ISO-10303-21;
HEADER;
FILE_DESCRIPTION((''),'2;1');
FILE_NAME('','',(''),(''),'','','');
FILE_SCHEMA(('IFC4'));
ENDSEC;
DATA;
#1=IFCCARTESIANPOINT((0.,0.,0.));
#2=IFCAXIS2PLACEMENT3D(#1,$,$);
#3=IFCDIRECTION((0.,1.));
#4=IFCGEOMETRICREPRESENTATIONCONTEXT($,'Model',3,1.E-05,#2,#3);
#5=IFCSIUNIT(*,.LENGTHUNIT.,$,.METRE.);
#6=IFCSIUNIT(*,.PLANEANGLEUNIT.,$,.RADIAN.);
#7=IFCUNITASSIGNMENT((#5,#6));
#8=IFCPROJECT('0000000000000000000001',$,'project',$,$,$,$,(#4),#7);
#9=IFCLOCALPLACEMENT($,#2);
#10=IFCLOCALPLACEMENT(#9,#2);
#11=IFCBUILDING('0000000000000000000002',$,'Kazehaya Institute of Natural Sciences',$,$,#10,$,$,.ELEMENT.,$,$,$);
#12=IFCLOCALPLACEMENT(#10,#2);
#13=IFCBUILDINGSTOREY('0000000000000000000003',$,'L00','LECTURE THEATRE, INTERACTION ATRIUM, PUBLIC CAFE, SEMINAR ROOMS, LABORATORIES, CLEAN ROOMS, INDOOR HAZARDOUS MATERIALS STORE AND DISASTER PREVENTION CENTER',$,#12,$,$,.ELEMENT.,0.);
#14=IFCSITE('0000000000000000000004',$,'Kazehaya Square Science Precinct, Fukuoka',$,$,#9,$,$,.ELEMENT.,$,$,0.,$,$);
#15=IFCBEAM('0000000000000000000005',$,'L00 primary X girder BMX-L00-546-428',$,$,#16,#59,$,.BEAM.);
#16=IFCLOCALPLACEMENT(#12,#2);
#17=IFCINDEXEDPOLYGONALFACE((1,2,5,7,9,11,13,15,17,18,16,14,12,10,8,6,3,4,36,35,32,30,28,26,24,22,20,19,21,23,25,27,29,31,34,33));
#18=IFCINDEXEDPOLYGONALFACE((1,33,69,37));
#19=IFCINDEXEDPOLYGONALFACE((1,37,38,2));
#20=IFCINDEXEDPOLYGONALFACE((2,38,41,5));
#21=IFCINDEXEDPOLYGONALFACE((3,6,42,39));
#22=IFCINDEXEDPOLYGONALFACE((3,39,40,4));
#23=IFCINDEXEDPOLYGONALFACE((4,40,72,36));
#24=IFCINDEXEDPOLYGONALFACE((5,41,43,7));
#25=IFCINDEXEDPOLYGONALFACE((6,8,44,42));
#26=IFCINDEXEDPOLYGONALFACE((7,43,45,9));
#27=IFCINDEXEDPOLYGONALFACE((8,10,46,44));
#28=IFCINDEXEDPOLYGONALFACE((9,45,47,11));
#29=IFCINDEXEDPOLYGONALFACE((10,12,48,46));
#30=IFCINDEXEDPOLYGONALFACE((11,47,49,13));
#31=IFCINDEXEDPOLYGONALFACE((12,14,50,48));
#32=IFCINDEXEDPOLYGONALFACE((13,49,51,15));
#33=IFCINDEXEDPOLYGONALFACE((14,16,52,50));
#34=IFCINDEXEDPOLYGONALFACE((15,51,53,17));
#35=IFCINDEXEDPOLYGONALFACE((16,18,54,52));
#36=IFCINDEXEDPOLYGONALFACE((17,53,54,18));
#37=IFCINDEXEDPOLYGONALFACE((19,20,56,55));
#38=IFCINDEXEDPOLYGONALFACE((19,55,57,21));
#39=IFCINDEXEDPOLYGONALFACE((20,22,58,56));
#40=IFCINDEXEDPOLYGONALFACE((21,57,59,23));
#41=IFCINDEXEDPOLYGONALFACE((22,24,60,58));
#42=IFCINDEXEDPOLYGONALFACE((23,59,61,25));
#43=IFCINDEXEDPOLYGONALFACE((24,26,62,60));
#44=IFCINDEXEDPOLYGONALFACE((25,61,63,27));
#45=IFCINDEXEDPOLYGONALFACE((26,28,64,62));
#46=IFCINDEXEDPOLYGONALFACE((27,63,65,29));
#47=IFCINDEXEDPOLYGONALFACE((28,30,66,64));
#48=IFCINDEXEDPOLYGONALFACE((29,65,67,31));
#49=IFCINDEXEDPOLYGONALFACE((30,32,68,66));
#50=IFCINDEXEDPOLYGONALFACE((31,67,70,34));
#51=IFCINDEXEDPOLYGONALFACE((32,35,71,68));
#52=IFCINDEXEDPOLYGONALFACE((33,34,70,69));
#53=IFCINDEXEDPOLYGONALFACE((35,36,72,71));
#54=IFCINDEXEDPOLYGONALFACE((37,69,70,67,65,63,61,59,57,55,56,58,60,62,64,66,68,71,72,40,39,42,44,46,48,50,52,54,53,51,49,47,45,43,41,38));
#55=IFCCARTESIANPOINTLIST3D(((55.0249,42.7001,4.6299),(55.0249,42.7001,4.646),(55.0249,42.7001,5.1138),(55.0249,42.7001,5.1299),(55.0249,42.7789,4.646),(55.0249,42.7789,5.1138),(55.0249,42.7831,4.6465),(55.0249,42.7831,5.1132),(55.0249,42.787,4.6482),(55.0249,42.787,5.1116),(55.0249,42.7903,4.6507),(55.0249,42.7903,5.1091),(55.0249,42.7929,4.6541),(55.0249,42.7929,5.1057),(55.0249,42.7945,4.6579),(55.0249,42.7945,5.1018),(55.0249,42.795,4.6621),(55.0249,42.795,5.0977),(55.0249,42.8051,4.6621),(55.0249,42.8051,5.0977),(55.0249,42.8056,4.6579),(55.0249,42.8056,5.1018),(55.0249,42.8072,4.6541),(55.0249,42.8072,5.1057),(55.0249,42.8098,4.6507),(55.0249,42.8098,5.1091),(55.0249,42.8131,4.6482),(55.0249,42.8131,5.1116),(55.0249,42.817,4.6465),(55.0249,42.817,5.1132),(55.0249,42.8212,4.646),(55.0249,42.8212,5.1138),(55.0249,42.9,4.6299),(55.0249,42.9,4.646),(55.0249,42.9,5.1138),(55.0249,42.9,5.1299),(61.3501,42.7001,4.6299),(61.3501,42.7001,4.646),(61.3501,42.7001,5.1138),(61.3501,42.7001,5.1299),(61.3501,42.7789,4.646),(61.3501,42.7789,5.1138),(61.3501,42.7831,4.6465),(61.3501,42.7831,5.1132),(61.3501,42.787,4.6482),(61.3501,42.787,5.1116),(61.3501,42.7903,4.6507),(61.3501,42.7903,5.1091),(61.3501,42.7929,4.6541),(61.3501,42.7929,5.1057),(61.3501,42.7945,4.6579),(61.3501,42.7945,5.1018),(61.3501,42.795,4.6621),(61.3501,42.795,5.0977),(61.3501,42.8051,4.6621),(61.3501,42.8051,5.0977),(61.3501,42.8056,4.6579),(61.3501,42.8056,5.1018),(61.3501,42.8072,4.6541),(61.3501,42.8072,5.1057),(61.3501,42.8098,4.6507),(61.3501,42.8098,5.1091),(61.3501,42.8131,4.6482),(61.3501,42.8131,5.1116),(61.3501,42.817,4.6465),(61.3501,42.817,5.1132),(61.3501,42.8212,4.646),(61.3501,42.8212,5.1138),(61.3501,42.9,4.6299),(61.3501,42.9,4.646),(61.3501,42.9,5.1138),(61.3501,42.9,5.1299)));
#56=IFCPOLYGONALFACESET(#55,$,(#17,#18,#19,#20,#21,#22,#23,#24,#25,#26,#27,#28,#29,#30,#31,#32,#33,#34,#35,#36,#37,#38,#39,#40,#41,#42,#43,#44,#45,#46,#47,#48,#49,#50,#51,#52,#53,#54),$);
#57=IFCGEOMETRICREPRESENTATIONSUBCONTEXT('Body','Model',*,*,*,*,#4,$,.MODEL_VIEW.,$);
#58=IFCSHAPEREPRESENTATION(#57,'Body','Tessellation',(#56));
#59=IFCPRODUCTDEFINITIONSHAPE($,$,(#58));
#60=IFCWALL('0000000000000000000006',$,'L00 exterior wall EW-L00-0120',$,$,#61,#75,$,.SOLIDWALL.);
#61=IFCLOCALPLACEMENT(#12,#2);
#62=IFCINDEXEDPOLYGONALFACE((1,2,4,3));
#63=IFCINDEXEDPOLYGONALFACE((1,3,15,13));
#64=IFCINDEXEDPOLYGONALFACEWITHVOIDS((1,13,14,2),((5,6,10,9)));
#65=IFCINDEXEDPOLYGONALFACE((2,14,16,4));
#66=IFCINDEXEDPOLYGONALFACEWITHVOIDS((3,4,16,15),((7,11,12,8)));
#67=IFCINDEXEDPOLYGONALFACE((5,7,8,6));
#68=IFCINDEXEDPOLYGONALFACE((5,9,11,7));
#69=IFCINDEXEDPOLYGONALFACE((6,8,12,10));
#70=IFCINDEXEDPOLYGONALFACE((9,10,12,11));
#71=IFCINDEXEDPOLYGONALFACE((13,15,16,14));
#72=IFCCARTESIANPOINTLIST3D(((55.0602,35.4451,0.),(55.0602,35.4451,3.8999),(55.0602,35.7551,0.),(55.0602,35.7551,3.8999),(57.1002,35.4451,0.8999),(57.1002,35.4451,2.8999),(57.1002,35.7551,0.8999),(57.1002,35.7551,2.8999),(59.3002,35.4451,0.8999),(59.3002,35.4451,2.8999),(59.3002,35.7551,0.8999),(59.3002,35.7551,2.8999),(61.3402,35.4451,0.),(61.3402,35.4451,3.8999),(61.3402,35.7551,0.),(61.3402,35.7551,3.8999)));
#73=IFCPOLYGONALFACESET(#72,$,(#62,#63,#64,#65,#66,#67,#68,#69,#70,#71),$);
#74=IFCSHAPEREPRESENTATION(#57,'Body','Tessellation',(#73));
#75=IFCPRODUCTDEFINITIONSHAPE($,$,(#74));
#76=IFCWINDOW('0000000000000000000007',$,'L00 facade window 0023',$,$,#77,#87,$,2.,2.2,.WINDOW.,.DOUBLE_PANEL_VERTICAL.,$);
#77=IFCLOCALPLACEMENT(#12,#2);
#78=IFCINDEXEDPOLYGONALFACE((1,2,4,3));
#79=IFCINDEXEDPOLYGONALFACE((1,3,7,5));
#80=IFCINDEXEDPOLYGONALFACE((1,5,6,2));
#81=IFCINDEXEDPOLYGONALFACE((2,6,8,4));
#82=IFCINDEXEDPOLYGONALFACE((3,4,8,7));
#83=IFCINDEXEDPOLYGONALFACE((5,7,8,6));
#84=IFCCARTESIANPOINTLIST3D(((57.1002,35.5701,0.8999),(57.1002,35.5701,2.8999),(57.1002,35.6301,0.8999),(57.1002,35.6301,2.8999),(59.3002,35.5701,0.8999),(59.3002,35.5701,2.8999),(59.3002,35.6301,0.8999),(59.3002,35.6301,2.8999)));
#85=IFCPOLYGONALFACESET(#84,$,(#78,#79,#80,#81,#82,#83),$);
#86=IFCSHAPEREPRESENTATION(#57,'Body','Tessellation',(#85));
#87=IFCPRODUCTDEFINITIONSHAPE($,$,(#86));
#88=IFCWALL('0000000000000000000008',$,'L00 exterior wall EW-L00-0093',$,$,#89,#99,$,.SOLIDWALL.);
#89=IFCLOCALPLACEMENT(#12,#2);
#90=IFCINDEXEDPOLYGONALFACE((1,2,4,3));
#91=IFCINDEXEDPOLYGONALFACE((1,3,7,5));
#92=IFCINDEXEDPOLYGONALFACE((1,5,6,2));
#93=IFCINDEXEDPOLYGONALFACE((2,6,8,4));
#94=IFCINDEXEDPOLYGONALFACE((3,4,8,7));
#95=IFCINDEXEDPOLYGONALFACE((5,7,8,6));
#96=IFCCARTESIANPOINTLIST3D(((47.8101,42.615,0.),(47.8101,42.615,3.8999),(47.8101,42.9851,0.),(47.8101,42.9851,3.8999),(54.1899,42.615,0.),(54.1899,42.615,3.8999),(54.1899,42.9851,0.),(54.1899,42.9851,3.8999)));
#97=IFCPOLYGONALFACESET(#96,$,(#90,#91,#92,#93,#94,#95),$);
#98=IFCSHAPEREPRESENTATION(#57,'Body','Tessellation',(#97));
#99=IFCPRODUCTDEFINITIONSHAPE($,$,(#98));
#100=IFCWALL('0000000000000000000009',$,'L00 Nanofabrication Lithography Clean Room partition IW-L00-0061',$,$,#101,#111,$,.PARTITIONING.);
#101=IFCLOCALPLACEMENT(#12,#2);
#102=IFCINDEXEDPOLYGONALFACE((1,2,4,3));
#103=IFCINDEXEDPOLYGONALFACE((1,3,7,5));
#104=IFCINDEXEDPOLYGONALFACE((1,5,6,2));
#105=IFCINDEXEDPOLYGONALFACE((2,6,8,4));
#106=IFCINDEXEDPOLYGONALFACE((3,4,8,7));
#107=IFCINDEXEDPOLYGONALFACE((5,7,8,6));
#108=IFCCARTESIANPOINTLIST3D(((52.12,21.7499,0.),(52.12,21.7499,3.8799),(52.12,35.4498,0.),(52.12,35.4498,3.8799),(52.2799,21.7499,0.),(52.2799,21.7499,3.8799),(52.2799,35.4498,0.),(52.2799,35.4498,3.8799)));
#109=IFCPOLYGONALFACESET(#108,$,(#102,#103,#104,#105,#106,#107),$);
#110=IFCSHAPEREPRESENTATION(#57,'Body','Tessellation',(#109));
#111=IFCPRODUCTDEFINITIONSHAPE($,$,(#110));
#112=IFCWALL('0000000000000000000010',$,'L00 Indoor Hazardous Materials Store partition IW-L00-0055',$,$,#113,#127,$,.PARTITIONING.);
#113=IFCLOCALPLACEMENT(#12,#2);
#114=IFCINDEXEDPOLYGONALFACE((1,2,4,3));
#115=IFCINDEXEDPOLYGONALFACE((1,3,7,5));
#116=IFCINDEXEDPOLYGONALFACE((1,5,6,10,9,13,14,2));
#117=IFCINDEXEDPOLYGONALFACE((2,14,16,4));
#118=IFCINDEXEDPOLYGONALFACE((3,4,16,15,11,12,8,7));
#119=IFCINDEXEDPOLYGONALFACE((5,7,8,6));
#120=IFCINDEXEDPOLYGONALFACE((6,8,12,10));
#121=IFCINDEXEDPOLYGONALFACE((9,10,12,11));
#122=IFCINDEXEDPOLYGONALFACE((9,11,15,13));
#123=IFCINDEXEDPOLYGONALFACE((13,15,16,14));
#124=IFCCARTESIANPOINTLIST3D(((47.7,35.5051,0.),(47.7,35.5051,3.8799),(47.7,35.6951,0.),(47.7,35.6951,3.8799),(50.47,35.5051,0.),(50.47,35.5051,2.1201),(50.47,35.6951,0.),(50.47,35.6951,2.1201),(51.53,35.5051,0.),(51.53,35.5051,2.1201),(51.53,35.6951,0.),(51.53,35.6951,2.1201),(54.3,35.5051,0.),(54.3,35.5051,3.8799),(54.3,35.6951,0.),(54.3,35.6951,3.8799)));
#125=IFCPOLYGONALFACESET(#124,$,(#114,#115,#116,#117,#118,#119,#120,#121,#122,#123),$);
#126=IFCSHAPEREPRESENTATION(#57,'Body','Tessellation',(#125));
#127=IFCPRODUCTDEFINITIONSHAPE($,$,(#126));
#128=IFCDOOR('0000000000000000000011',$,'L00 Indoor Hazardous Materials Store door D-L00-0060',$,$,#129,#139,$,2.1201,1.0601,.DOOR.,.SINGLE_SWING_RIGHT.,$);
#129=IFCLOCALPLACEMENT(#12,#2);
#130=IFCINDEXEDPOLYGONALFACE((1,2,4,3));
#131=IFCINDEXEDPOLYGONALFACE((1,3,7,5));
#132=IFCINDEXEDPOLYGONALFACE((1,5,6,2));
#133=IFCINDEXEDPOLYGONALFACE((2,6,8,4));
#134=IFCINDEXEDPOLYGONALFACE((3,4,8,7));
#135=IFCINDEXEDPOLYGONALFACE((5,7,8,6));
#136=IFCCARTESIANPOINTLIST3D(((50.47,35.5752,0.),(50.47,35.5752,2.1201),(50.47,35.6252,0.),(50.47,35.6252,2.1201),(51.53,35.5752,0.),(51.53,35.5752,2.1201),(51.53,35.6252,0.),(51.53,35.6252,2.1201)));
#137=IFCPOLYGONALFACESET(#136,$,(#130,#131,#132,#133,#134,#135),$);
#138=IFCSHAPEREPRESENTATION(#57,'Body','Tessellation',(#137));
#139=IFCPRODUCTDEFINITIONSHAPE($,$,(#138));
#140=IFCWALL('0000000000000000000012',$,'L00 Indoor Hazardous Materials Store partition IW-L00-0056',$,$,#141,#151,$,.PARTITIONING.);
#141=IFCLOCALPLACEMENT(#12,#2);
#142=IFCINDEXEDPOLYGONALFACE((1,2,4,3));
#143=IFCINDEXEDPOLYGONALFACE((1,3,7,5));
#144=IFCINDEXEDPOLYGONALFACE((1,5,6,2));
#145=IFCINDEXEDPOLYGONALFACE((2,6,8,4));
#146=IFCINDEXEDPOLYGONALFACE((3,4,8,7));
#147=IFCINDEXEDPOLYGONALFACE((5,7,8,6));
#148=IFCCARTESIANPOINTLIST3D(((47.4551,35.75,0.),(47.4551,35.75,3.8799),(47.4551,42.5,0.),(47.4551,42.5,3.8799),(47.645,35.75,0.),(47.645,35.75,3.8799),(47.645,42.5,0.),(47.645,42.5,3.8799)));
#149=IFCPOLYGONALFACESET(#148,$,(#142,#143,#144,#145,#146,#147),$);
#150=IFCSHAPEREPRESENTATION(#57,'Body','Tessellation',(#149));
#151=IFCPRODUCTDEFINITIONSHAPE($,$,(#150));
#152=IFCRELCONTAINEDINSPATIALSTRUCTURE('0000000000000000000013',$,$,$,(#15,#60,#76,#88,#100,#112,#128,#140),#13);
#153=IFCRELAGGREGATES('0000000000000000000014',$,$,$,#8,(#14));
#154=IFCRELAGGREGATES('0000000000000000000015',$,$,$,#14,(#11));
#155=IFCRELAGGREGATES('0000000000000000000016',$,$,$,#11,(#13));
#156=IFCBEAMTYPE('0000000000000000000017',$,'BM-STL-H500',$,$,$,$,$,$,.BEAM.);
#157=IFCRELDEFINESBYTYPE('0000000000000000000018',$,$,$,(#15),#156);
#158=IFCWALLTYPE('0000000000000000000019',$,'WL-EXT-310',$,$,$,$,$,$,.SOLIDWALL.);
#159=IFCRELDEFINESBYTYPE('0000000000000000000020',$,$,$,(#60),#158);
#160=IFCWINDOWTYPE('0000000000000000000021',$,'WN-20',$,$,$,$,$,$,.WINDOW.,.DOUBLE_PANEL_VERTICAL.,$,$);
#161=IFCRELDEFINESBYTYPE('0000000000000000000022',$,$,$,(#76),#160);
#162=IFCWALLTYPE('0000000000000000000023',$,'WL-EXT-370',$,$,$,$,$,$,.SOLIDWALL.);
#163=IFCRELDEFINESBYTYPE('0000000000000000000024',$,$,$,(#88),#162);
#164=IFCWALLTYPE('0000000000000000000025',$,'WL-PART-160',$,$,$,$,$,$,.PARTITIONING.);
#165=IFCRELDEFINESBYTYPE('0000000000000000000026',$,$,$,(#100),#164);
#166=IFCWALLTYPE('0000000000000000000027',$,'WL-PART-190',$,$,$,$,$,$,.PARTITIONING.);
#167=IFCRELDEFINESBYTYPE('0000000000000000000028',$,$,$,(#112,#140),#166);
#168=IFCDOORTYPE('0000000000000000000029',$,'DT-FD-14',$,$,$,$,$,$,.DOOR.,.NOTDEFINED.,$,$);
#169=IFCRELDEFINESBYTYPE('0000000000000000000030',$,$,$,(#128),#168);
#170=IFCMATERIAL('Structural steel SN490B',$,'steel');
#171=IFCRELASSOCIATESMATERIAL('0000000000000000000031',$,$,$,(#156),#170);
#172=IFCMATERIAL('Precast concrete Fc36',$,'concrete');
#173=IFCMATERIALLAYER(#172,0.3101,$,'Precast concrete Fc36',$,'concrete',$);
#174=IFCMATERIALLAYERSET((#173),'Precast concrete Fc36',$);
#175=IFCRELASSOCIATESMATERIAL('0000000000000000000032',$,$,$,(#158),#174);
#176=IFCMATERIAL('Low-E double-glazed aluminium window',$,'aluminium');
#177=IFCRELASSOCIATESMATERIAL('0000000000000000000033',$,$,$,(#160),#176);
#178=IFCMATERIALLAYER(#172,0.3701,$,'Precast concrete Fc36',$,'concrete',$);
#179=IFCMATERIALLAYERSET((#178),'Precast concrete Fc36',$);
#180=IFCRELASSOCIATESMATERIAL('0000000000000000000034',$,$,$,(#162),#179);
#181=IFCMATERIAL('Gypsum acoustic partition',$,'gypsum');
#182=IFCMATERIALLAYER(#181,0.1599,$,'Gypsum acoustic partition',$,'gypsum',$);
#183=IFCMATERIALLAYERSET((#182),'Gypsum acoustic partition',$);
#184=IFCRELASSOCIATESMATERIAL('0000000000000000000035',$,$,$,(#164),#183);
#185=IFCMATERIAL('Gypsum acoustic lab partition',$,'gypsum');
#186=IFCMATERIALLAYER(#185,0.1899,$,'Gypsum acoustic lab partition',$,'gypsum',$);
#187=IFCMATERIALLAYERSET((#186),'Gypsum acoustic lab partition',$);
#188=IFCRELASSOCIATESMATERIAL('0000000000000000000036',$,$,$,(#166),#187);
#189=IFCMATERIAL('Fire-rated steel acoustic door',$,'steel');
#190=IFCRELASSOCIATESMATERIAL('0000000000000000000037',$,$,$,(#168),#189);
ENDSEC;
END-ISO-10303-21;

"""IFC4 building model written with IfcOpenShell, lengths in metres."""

from ifc_helpers import new_model, si_unit, direction, frame, frame_2d, origin, origin_2d, place, context, subcontext, project, spatial, rectangle, i_section, extrude, material, layer, layer_set, material_profile, profile_set, type_object, element, fill, save


model = new_model("IFC4")

# Units and contexts
model_context = context("Model", 3, precision=1e-05, world=origin(), true_north=direction((0.0, 1.0)))
body_context = subcontext(model_context, "Body", "Model", "MODEL_VIEW")
ifc_project = project(units=[si_unit("LENGTHUNIT", "METRE"), si_unit("PLANEANGLEUNIT", "RADIAN")], contexts=[model_context])

# Site, building, storey
site_placement = place(None, origin())
site = spatial("IfcSite", under=ifc_project, at=site_placement, Name="Kazehaya Square Science Precinct, Fukuoka", CompositionType="ELEMENT", RefElevation=0.0)
building_placement = place(site_placement, origin())
building = spatial("IfcBuilding", under=site, at=building_placement, Name="Kazehaya Institute of Natural Sciences", CompositionType="ELEMENT")
storey_placement = place(building_placement, origin())
storey = spatial("IfcBuildingStorey", under=building, at=storey_placement, Name="L00", Description="LECTURE THEATRE, INTERACTION ATRIUM, PUBLIC CAFE, SEMINAR ROOMS, LABORATORIES, CLEAN ROOMS, INDOOR HAZARDOUS MATERIALS STORE AND DISASTER PREVENTION CENTER", CompositionType="ELEMENT", Elevation=0.0)

# Beam
ifc_material_1 = material(Name="Structural steel SN490B", Category="steel")
ifc_material_profile_1 = material_profile(ifc_material_1, i_section(OverallWidth=0.2, OverallDepth=0.5, WebThickness=0.01, FlangeThickness=0.0161, FilletRadius=0.0161, at=origin_2d()), Name="H-500x200x10x16")
ifc_profile_set_1 = profile_set([ifc_material_profile_1], Name="Structural steel SN490B")
beam_type_1 = type_object("IfcBeamType", Name="BM-STL-H500", PredefinedType="BEAM", material=ifc_profile_set_1)
beam_1_placement = place(storey_placement, frame((55.0249, 42.8, 4.8799), z_axis=(1.0, 0.0, 0.0), x_axis=(0.0, 1.0, 0.0)))
element("IfcBeam", 1, at=beam_1_placement, inside=storey, type_object=beam_type_1, Name="L00 primary X girder BMX-L00-546-428", PredefinedType="BEAM", context=body_context, shape_type="SweptSolid", body=[
    extrude(i_section(OverallWidth=0.2, OverallDepth=0.5, WebThickness=0.01, FlangeThickness=0.0161, FilletRadius=0.0161, at=origin_2d()), origin(), (0.0, 0.0, 1.0), 6.3252),
])

# Wall, opening, window
ifc_material_2 = material(Name="Precast concrete Fc36", Category="concrete")
ifc_layer_1 = layer(ifc_material_2, 0.3101, Name="Precast concrete Fc36", Category="concrete")
ifc_layer_set_1 = layer_set([ifc_layer_1], Name="Precast concrete Fc36")
wall_type_1 = type_object("IfcWallType", Name="WL-EXT-310", PredefinedType="SOLIDWALL", material=ifc_layer_set_1)
wall_1_placement = place(storey_placement, frame((55.0601, 35.6001, 0.0), z_axis=(0.0, 0.0, 1.0), x_axis=(1.0, 0.0, 0.0)))
wall_1 = element("IfcWall", 2, at=wall_1_placement, inside=storey, type_object=wall_type_1, Name="L00 exterior wall EW-L00-0120", PredefinedType="SOLIDWALL", context=body_context, shape_type="SweptSolid", body=[
    extrude(rectangle(XDim=6.28, YDim=0.3101, at=frame_2d((3.1401, 0.0))), origin(), (0.0, 0.0, 1.0), 3.8999),
])
opening_1_placement = place(wall_1_placement, frame((2.04, 0.0, 0.8999)))
opening_1 = element("IfcOpeningElement", 3, at=opening_1_placement, cuts=wall_1, PredefinedType="OPENING", context=body_context, shape_type="SweptSolid", body=[
    extrude(rectangle(XDim=2.2, YDim=2.0, at=frame_2d((1.1001, 1.0))), frame((0.0, 0.165, 0.0), z_axis=(0.0, -1.0, 0.0), x_axis=(1.0, 0.0, 0.0)), (0.0, 0.0, 1.0), 0.3301),
])
ifc_material_3 = material(Name="Low-E double-glazed aluminium window", Category="aluminium")
window_type = type_object("IfcWindowType", Name="WN-20", PartitioningType="DOUBLE_PANEL_VERTICAL", PredefinedType="WINDOW", material=ifc_material_3)
window_placement = place(opening_1_placement, origin())
window = element("IfcWindow", 4, at=window_placement, inside=storey, type_object=window_type, Name="L00 facade window 0023", OverallHeight=2.0, OverallWidth=2.2, PartitioningType="DOUBLE_PANEL_VERTICAL", PredefinedType="WINDOW", context=body_context, shape_type="SweptSolid", body=[
    extrude(rectangle(XDim=2.2, YDim=2.0, at=frame_2d((1.1001, 1.0))), frame((0.0, 0.03, 0.0), z_axis=(0.0, -1.0, 0.0), x_axis=(1.0, 0.0, 0.0)), (0.0, 0.0, 1.0), 0.0601),
])
fill(opening_1, window)

# Walls
ifc_layer_2 = layer(ifc_material_2, 0.3701, Name="Precast concrete Fc36", Category="concrete")
ifc_layer_set_2 = layer_set([ifc_layer_2], Name="Precast concrete Fc36")
wall_type_2 = type_object("IfcWallType", Name="WL-EXT-370", PredefinedType="SOLIDWALL", material=ifc_layer_set_2)
wall_2_placement = place(storey_placement, frame((47.8101, 42.8, 0.0), z_axis=(0.0, 0.0, 1.0), x_axis=(1.0, 0.0, 0.0)))
element("IfcWall", 5, at=wall_2_placement, inside=storey, type_object=wall_type_2, Name="L00 exterior wall EW-L00-0093", PredefinedType="SOLIDWALL", context=body_context, shape_type="SweptSolid", body=[
    extrude(rectangle(XDim=6.3799, YDim=0.3701, at=frame_2d((3.1899, 0.0))), origin(), (0.0, 0.0, 1.0), 3.8999),
])
ifc_material_4 = material(Name="Gypsum acoustic partition", Category="gypsum")
ifc_layer_3 = layer(ifc_material_4, 0.1599, Name="Gypsum acoustic partition", Category="gypsum")
ifc_layer_set_3 = layer_set([ifc_layer_3], Name="Gypsum acoustic partition")
wall_type_3 = type_object("IfcWallType", Name="WL-PART-160", PredefinedType="PARTITIONING", material=ifc_layer_set_3)
wall_3_placement = place(storey_placement, frame((52.2, 35.45, 0.0), z_axis=(0.0, 0.0, 1.0), x_axis=(0.0, -1.0, 0.0)))
element("IfcWall", 6, at=wall_3_placement, inside=storey, type_object=wall_type_3, Name="L00 Nanofabrication Lithography Clean Room partition IW-L00-0061", PredefinedType="PARTITIONING", context=body_context, shape_type="SweptSolid", body=[
    extrude(rectangle(XDim=13.7, YDim=0.1599, at=frame_2d((6.8501, 0.0))), origin(), (0.0, 0.0, 1.0), 3.8799),
])

# Wall, opening, door
ifc_material_5 = material(Name="Gypsum acoustic lab partition", Category="gypsum")
ifc_layer_4 = layer(ifc_material_5, 0.1899, Name="Gypsum acoustic lab partition", Category="gypsum")
ifc_layer_set_4 = layer_set([ifc_layer_4], Name="Gypsum acoustic lab partition")
wall_type_4 = type_object("IfcWallType", Name="WL-PART-190", PredefinedType="PARTITIONING", material=ifc_layer_set_4)
wall_4_placement = place(storey_placement, frame((54.3, 35.6001, 0.0), z_axis=(0.0, 0.0, 1.0), x_axis=(-1.0, 0.0, 0.0)))
wall_4 = element("IfcWall", 7, at=wall_4_placement, inside=storey, type_object=wall_type_4, Name="L00 Indoor Hazardous Materials Store partition IW-L00-0055", PredefinedType="PARTITIONING", context=body_context, shape_type="SweptSolid", body=[
    extrude(rectangle(XDim=6.6001, YDim=0.1899, at=frame_2d((3.3, 0.0))), origin(), (0.0, 0.0, 1.0), 3.8799),
])
opening_2_placement = place(wall_4_placement, frame((2.77, 0.0, 0.0)))
opening_2 = element("IfcOpeningElement", 8, at=opening_2_placement, cuts=wall_4, PredefinedType="OPENING", context=body_context, shape_type="SweptSolid", body=[
    extrude(rectangle(XDim=1.0601, YDim=2.1201, at=frame_2d((0.53, 1.0601))), frame((0.0, 0.105, 0.0), z_axis=(0.0, -1.0, 0.0), x_axis=(1.0, 0.0, 0.0)), (0.0, 0.0, 1.0), 0.21),
])
ifc_material_6 = material(Name="Fire-rated steel acoustic door", Category="steel")
door_type_1 = type_object("IfcDoorType", Name="DT-FD-14", OperationType="NOTDEFINED", PredefinedType="DOOR", material=ifc_material_6)
door_1_placement = place(opening_2_placement, origin())
door_1 = element("IfcDoor", 9, at=door_1_placement, inside=storey, type_object=door_type_1, Name="L00 Indoor Hazardous Materials Store door D-L00-0060", OperationType="SINGLE_SWING_RIGHT", OverallHeight=2.1201, OverallWidth=1.0601, PredefinedType="DOOR", context=body_context, shape_type="SweptSolid", body=[
    extrude(rectangle(XDim=1.0601, YDim=2.1201, at=frame_2d((0.53, 1.0601))), frame((0.0, 0.0249, 0.0), z_axis=(0.0, -1.0, 0.0), x_axis=(1.0, 0.0, 0.0)), (0.0, 0.0, 1.0), 0.05),
])
fill(opening_2, door_1)

# Wall
wall_5_placement = place(storey_placement, frame((47.55, 35.75, 0.0), z_axis=(0.0, 0.0, 1.0), x_axis=(0.0, 1.0, 0.0)))
element("IfcWall", 10, at=wall_5_placement, inside=storey, type_object=wall_type_4, Name="L00 Indoor Hazardous Materials Store partition IW-L00-0056", PredefinedType="PARTITIONING", context=body_context, shape_type="SweptSolid", body=[
    extrude(rectangle(XDim=6.75, YDim=0.1899, at=frame_2d((3.375, 0.0))), origin(), (0.0, 0.0, 1.0), 3.8799),
])

save(model, "model.ifc")
